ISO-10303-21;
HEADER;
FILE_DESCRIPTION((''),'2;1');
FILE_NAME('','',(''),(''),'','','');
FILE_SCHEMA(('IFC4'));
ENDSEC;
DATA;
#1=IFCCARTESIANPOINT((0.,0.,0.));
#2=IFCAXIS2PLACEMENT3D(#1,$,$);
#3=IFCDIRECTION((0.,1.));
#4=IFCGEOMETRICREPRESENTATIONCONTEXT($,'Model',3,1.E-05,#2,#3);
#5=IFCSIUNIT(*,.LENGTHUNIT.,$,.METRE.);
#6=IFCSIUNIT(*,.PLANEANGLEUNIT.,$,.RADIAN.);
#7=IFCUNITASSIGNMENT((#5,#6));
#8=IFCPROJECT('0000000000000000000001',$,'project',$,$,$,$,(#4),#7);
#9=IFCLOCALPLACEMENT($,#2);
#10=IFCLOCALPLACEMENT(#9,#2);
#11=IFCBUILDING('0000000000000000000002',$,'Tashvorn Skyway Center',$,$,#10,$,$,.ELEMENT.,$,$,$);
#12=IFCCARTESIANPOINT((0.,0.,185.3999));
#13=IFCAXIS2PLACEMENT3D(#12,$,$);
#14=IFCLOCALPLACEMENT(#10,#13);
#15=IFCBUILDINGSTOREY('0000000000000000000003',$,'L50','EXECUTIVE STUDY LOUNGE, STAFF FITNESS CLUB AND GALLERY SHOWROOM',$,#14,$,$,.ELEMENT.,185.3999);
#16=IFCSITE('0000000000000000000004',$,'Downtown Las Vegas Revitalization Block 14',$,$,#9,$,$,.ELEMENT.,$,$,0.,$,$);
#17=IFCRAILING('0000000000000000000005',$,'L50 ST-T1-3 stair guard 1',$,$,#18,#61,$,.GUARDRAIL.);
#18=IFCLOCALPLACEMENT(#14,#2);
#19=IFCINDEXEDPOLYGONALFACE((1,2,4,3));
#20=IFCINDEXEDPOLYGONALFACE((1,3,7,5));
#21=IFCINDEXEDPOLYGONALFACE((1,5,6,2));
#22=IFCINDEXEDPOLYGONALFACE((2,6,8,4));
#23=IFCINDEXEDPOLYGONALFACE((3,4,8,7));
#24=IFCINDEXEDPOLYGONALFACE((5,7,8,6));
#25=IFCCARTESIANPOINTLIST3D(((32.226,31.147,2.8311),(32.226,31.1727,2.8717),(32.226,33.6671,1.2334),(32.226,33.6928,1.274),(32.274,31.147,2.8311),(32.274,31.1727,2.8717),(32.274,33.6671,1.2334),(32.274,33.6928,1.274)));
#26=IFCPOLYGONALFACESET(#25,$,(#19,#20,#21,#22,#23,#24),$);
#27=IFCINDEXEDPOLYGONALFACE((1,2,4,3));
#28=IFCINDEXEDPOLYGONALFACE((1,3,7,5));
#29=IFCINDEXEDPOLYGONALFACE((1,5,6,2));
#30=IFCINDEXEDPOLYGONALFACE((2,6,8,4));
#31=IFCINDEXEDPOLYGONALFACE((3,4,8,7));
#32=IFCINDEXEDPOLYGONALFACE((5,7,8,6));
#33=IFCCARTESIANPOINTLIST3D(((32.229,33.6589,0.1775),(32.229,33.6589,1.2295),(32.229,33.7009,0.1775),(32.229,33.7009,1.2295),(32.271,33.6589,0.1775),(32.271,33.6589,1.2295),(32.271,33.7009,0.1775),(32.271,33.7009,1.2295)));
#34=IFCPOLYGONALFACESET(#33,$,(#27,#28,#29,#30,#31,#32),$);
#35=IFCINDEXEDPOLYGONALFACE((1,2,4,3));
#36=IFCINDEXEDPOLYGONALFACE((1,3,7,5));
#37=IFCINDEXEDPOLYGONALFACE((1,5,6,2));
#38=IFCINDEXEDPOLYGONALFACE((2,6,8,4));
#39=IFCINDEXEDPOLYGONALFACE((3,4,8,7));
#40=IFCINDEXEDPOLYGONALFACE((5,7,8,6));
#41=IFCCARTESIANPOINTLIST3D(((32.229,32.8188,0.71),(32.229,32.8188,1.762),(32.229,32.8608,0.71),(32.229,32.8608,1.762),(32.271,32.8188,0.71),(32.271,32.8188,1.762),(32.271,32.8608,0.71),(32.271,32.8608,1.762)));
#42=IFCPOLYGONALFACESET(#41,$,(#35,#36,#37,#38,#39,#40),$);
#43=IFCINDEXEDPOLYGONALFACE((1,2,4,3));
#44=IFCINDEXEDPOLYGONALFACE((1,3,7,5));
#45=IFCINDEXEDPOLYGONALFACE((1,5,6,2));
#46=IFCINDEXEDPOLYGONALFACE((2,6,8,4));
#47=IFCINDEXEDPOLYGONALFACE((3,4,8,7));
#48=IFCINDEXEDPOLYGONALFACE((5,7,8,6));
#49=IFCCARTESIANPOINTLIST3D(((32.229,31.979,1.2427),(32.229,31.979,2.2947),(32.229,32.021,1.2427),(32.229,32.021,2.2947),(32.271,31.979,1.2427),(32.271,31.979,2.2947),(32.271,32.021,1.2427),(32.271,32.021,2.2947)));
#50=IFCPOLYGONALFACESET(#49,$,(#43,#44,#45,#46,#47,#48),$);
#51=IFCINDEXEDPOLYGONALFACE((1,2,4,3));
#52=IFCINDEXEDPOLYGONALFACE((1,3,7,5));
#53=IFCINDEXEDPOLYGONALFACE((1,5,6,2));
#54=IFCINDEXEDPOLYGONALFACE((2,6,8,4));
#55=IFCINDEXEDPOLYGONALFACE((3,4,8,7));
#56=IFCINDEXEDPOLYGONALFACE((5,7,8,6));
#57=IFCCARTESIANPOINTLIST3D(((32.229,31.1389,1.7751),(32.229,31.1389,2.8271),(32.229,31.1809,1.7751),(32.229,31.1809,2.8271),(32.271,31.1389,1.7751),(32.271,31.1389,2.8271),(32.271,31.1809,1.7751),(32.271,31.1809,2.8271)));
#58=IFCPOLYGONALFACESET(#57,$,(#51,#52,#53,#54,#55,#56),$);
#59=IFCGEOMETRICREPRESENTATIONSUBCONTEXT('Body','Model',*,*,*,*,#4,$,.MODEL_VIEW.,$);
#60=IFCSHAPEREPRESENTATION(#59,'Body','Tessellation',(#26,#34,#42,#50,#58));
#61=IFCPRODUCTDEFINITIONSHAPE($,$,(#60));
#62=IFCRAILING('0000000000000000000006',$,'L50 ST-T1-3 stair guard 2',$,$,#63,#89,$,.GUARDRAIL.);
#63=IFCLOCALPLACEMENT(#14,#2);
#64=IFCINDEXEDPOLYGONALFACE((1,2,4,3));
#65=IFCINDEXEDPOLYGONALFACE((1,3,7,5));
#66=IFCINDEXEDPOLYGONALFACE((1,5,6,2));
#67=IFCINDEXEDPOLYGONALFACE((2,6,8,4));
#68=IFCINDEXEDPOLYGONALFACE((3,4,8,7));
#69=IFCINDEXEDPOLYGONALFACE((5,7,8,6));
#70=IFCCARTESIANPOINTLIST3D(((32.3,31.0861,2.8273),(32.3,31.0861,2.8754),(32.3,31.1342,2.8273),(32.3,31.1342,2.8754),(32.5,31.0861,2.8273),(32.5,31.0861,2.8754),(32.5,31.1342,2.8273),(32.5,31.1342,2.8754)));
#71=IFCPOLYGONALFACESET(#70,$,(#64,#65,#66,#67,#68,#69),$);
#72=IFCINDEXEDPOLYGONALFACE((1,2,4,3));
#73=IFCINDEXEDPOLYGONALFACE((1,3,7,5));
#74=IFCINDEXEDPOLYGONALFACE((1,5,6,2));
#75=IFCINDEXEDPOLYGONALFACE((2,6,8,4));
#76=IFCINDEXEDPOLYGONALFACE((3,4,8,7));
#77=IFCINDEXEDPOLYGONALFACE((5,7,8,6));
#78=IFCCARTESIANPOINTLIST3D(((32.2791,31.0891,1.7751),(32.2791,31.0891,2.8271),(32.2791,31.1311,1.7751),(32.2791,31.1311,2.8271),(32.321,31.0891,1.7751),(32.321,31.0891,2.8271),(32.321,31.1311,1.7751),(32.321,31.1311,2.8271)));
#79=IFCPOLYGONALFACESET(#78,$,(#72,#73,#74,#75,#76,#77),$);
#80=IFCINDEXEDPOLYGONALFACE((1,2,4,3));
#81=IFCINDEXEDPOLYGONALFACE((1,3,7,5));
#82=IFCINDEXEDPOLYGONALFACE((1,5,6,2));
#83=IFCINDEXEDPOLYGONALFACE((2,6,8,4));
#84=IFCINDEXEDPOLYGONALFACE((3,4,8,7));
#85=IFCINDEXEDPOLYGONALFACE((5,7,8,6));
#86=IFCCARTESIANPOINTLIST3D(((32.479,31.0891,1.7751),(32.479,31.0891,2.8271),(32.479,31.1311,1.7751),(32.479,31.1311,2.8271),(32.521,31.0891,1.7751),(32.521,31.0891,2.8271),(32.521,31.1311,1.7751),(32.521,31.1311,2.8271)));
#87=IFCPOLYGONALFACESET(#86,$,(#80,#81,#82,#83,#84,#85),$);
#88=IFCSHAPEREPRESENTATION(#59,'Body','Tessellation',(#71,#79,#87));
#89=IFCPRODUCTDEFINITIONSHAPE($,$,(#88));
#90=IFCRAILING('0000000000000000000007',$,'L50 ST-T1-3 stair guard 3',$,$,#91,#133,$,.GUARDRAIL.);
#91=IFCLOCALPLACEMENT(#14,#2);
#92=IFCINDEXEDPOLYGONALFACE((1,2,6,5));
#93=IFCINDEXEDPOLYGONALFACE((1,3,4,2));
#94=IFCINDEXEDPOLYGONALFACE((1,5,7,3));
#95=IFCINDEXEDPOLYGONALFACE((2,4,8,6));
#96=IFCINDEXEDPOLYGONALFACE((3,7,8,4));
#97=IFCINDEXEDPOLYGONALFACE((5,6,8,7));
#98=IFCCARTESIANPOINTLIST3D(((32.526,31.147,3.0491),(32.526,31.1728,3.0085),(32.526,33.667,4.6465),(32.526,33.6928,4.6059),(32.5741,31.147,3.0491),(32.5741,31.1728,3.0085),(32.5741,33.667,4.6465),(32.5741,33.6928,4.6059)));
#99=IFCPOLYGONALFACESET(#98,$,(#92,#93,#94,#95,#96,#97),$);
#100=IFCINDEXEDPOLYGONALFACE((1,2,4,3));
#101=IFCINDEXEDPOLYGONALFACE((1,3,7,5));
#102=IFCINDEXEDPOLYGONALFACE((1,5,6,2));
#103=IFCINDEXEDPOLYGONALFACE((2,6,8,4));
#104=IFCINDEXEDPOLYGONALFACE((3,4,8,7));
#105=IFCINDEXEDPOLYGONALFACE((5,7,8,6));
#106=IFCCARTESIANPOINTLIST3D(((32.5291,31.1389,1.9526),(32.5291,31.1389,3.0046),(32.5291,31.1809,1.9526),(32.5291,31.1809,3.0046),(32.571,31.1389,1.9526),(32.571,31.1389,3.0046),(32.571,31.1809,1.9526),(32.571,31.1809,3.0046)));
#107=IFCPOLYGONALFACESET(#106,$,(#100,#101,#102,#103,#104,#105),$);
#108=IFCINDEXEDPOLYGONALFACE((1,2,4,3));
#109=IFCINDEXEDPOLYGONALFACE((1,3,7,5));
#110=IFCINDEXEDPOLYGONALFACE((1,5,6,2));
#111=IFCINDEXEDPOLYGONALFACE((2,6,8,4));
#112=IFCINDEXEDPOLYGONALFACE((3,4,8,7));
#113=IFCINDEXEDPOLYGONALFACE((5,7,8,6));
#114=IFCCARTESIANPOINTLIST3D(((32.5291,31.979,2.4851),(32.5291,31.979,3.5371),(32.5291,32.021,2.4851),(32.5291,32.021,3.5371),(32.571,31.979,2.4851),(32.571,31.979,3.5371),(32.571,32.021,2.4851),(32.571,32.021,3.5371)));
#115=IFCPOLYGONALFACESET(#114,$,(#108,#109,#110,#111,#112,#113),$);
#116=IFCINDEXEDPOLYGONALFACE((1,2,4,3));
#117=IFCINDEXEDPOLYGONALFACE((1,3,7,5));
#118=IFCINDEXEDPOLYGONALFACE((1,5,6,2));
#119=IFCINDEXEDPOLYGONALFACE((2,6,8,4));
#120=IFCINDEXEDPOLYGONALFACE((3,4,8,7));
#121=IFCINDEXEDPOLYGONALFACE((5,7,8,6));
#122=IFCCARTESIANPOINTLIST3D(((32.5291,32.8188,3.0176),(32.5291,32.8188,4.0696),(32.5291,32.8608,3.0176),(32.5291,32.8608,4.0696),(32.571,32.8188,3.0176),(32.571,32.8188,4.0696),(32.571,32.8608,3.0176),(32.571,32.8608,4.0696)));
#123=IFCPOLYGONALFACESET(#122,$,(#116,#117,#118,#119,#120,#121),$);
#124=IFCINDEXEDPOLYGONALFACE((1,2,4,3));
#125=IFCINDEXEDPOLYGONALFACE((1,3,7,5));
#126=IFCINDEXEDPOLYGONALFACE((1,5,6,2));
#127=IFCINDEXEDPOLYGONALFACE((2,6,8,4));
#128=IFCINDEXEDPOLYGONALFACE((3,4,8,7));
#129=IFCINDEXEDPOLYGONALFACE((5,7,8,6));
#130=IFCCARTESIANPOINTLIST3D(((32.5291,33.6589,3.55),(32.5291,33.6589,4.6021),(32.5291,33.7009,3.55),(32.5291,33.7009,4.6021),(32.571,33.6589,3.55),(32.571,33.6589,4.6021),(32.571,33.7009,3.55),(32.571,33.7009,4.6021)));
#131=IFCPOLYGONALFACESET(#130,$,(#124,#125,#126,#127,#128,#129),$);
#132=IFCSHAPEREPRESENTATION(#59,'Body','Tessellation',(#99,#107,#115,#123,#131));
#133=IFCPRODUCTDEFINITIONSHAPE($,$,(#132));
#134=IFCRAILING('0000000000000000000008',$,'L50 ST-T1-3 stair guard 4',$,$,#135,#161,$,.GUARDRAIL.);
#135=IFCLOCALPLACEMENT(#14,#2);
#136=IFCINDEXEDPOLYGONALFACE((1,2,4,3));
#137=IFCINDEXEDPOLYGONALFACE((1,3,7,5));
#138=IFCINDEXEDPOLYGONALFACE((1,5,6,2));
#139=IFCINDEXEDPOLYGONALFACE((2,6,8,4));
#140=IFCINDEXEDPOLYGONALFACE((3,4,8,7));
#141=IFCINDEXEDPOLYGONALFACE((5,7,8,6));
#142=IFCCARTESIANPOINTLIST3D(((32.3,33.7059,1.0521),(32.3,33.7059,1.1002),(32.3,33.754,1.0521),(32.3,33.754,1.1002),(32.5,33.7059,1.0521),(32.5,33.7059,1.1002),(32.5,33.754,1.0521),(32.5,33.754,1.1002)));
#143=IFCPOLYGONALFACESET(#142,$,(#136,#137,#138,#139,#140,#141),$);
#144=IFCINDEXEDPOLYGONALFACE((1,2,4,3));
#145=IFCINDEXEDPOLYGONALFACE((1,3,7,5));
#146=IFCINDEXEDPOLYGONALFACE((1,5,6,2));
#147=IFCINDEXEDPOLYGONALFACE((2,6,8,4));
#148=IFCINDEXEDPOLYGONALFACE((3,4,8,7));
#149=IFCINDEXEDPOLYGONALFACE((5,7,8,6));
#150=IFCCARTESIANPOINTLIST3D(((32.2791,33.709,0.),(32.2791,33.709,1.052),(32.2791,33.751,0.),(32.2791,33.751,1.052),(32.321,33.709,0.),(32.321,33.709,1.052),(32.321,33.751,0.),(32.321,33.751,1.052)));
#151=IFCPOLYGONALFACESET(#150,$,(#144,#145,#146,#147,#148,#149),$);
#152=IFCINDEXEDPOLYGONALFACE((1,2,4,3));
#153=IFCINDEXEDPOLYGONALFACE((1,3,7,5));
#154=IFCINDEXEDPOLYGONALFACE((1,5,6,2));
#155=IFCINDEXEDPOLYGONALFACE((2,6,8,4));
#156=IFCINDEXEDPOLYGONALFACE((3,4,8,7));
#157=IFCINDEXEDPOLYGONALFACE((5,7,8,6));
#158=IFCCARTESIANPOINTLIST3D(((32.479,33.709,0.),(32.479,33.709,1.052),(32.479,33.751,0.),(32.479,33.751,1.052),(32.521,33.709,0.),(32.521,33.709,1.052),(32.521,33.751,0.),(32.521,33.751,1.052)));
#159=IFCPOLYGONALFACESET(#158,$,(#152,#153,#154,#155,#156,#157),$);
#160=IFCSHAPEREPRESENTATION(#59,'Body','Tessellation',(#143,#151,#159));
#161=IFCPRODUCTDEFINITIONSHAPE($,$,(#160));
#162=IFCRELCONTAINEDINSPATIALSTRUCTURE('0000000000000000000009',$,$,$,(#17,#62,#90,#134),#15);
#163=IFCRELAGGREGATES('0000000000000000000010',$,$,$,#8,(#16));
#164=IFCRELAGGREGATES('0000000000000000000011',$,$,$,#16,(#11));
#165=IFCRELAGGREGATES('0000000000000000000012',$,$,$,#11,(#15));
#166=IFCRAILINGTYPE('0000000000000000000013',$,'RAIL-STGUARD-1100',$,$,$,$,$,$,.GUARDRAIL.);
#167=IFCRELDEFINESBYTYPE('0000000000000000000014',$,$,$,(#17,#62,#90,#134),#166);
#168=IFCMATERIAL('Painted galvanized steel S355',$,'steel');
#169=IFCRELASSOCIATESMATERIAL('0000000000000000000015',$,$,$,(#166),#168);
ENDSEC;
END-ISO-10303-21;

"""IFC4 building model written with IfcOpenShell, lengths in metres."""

from ifc_helpers import new_model, si_unit, direction, frame, origin, origin_2d, place, context, subcontext, project, spatial, rectangle, extrude, material, type_object, element, save


model = new_model("IFC4")

# Units and contexts
model_context = context("Model", 3, precision=1e-05, world=origin(), true_north=direction((0.0, 1.0)))
body_context = subcontext(model_context, "Body", "Model", "MODEL_VIEW")
ifc_project = project(units=[si_unit("LENGTHUNIT", "METRE"), si_unit("PLANEANGLEUNIT", "RADIAN")], contexts=[model_context])

# Site, building, storey
site_placement = place(None, origin())
site = spatial("IfcSite", under=ifc_project, at=site_placement, Name="Downtown Las Vegas Revitalization Block 14", CompositionType="ELEMENT", RefElevation=0.0)
building_placement = place(site_placement, origin())
building = spatial("IfcBuilding", under=site, at=building_placement, Name="Tashvorn Skyway Center", CompositionType="ELEMENT")
storey_placement = place(building_placement, frame((0.0, 0.0, 185.3999)))
storey = spatial("IfcBuildingStorey", under=building, at=storey_placement, Name="L50", Description="EXECUTIVE STUDY LOUNGE, STAFF FITNESS CLUB AND GALLERY SHOWROOM", CompositionType="ELEMENT", Elevation=185.3999)

# Railings
ifc_material_1 = material(Name="Painted galvanized steel S355", Category="steel")
railing_type_1 = type_object("IfcRailingType", Name="RAIL-STGUARD-1100", PredefinedType="GUARDRAIL", material=ifc_material_1)
railing_1_placement = place(storey_placement, frame((32.25, 33.6799, 0.1775)))
element("IfcRailing", 1, at=railing_1_placement, inside=storey, type_object=railing_type_1, Name="L50 ST-T1-3 stair guard 1", PredefinedType="GUARDRAIL", context=body_context, shape_type="SweptSolid", body=[
    extrude(rectangle(XDim=0.0481, YDim=0.0481, at=origin_2d()), frame((0.0, 0.0, 1.0762), z_axis=(0.0, -0.84457, 0.535445), x_axis=(1.0, 0.0, 0.0)), (0.0, 0.0, 1.0), 2.9839),
    extrude(rectangle(XDim=0.042, YDim=0.042, at=origin_2d()), origin(), (0.0, 0.0, 1.0), 1.052),
    extrude(rectangle(XDim=0.042, YDim=0.042, at=origin_2d()), frame((0.0, -0.8401, 0.5325)), (0.0, 0.0, 1.0), 1.052),
    extrude(rectangle(XDim=0.042, YDim=0.042, at=origin_2d()), frame((0.0, -1.6799, 1.0652)), (0.0, 0.0, 1.0), 1.052),
    extrude(rectangle(XDim=0.042, YDim=0.042, at=origin_2d()), frame((0.0, -2.52, 1.5977)), (0.0, 0.0, 1.0), 1.052),
])
railing_2_placement = place(storey_placement, frame((32.3, 31.1101, 1.7751)))
element("IfcRailing", 2, at=railing_2_placement, inside=storey, type_object=railing_type_1, Name="L50 ST-T1-3 stair guard 2", PredefinedType="GUARDRAIL", context=body_context, shape_type="SweptSolid", body=[
    extrude(rectangle(XDim=0.0481, YDim=0.0481, at=origin_2d()), frame((0.0, 0.0, 1.0762), z_axis=(1.0, 0.0, 0.0), x_axis=(0.0, 1.0, 0.0)), (0.0, 0.0, 1.0), 0.2),
    extrude(rectangle(XDim=0.042, YDim=0.042, at=origin_2d()), origin(), (0.0, 0.0, 1.0), 1.052),
    extrude(rectangle(XDim=0.042, YDim=0.042, at=origin_2d()), frame((0.2, 0.0, 0.0)), (0.0, 0.0, 1.0), 1.052),
])
railing_3_placement = place(storey_placement, frame((32.55, 31.1599, 1.9526)))
element("IfcRailing", 3, at=railing_3_placement, inside=storey, type_object=railing_type_1, Name="L50 ST-T1-3 stair guard 3", PredefinedType="GUARDRAIL", context=body_context, shape_type="SweptSolid", body=[
    extrude(rectangle(XDim=0.0481, YDim=0.0481, at=origin_2d()), frame((0.0, 0.0, 1.0762), z_axis=(0.0, 0.844607, 0.535387), x_axis=(-1.0, 0.0, 0.0)), (0.0, 0.0, 1.0), 2.9836),
    extrude(rectangle(XDim=0.042, YDim=0.042, at=origin_2d()), origin(), (0.0, 0.0, 1.0), 1.052),
    extrude(rectangle(XDim=0.042, YDim=0.042, at=origin_2d()), frame((0.0, 0.8401, 0.5325)), (0.0, 0.0, 1.0), 1.052),
    extrude(rectangle(XDim=0.042, YDim=0.042, at=origin_2d()), frame((0.0, 1.6799, 1.0649)), (0.0, 0.0, 1.0), 1.052),
    extrude(rectangle(XDim=0.042, YDim=0.042, at=origin_2d()), frame((0.0, 2.52, 1.5974)), (0.0, 0.0, 1.0), 1.052),
])
railing_4_placement = place(storey_placement, frame((32.3, 33.73, 0.0)))
element("IfcRailing", 4, at=railing_4_placement, inside=storey, type_object=railing_type_1, Name="L50 ST-T1-3 stair guard 4", PredefinedType="GUARDRAIL", context=body_context, shape_type="SweptSolid", body=[
    extrude(rectangle(XDim=0.0481, YDim=0.0481, at=origin_2d()), frame((0.0, 0.0, 1.0762), z_axis=(1.0, 0.0, 0.0), x_axis=(0.0, 1.0, 0.0)), (0.0, 0.0, 1.0), 0.2),
    extrude(rectangle(XDim=0.042, YDim=0.042, at=origin_2d()), origin(), (0.0, 0.0, 1.0), 1.052),
    extrude(rectangle(XDim=0.042, YDim=0.042, at=origin_2d()), frame((0.2, 0.0, 0.0)), (0.0, 0.0, 1.0), 1.052),
])

save(model, "model.ifc")
